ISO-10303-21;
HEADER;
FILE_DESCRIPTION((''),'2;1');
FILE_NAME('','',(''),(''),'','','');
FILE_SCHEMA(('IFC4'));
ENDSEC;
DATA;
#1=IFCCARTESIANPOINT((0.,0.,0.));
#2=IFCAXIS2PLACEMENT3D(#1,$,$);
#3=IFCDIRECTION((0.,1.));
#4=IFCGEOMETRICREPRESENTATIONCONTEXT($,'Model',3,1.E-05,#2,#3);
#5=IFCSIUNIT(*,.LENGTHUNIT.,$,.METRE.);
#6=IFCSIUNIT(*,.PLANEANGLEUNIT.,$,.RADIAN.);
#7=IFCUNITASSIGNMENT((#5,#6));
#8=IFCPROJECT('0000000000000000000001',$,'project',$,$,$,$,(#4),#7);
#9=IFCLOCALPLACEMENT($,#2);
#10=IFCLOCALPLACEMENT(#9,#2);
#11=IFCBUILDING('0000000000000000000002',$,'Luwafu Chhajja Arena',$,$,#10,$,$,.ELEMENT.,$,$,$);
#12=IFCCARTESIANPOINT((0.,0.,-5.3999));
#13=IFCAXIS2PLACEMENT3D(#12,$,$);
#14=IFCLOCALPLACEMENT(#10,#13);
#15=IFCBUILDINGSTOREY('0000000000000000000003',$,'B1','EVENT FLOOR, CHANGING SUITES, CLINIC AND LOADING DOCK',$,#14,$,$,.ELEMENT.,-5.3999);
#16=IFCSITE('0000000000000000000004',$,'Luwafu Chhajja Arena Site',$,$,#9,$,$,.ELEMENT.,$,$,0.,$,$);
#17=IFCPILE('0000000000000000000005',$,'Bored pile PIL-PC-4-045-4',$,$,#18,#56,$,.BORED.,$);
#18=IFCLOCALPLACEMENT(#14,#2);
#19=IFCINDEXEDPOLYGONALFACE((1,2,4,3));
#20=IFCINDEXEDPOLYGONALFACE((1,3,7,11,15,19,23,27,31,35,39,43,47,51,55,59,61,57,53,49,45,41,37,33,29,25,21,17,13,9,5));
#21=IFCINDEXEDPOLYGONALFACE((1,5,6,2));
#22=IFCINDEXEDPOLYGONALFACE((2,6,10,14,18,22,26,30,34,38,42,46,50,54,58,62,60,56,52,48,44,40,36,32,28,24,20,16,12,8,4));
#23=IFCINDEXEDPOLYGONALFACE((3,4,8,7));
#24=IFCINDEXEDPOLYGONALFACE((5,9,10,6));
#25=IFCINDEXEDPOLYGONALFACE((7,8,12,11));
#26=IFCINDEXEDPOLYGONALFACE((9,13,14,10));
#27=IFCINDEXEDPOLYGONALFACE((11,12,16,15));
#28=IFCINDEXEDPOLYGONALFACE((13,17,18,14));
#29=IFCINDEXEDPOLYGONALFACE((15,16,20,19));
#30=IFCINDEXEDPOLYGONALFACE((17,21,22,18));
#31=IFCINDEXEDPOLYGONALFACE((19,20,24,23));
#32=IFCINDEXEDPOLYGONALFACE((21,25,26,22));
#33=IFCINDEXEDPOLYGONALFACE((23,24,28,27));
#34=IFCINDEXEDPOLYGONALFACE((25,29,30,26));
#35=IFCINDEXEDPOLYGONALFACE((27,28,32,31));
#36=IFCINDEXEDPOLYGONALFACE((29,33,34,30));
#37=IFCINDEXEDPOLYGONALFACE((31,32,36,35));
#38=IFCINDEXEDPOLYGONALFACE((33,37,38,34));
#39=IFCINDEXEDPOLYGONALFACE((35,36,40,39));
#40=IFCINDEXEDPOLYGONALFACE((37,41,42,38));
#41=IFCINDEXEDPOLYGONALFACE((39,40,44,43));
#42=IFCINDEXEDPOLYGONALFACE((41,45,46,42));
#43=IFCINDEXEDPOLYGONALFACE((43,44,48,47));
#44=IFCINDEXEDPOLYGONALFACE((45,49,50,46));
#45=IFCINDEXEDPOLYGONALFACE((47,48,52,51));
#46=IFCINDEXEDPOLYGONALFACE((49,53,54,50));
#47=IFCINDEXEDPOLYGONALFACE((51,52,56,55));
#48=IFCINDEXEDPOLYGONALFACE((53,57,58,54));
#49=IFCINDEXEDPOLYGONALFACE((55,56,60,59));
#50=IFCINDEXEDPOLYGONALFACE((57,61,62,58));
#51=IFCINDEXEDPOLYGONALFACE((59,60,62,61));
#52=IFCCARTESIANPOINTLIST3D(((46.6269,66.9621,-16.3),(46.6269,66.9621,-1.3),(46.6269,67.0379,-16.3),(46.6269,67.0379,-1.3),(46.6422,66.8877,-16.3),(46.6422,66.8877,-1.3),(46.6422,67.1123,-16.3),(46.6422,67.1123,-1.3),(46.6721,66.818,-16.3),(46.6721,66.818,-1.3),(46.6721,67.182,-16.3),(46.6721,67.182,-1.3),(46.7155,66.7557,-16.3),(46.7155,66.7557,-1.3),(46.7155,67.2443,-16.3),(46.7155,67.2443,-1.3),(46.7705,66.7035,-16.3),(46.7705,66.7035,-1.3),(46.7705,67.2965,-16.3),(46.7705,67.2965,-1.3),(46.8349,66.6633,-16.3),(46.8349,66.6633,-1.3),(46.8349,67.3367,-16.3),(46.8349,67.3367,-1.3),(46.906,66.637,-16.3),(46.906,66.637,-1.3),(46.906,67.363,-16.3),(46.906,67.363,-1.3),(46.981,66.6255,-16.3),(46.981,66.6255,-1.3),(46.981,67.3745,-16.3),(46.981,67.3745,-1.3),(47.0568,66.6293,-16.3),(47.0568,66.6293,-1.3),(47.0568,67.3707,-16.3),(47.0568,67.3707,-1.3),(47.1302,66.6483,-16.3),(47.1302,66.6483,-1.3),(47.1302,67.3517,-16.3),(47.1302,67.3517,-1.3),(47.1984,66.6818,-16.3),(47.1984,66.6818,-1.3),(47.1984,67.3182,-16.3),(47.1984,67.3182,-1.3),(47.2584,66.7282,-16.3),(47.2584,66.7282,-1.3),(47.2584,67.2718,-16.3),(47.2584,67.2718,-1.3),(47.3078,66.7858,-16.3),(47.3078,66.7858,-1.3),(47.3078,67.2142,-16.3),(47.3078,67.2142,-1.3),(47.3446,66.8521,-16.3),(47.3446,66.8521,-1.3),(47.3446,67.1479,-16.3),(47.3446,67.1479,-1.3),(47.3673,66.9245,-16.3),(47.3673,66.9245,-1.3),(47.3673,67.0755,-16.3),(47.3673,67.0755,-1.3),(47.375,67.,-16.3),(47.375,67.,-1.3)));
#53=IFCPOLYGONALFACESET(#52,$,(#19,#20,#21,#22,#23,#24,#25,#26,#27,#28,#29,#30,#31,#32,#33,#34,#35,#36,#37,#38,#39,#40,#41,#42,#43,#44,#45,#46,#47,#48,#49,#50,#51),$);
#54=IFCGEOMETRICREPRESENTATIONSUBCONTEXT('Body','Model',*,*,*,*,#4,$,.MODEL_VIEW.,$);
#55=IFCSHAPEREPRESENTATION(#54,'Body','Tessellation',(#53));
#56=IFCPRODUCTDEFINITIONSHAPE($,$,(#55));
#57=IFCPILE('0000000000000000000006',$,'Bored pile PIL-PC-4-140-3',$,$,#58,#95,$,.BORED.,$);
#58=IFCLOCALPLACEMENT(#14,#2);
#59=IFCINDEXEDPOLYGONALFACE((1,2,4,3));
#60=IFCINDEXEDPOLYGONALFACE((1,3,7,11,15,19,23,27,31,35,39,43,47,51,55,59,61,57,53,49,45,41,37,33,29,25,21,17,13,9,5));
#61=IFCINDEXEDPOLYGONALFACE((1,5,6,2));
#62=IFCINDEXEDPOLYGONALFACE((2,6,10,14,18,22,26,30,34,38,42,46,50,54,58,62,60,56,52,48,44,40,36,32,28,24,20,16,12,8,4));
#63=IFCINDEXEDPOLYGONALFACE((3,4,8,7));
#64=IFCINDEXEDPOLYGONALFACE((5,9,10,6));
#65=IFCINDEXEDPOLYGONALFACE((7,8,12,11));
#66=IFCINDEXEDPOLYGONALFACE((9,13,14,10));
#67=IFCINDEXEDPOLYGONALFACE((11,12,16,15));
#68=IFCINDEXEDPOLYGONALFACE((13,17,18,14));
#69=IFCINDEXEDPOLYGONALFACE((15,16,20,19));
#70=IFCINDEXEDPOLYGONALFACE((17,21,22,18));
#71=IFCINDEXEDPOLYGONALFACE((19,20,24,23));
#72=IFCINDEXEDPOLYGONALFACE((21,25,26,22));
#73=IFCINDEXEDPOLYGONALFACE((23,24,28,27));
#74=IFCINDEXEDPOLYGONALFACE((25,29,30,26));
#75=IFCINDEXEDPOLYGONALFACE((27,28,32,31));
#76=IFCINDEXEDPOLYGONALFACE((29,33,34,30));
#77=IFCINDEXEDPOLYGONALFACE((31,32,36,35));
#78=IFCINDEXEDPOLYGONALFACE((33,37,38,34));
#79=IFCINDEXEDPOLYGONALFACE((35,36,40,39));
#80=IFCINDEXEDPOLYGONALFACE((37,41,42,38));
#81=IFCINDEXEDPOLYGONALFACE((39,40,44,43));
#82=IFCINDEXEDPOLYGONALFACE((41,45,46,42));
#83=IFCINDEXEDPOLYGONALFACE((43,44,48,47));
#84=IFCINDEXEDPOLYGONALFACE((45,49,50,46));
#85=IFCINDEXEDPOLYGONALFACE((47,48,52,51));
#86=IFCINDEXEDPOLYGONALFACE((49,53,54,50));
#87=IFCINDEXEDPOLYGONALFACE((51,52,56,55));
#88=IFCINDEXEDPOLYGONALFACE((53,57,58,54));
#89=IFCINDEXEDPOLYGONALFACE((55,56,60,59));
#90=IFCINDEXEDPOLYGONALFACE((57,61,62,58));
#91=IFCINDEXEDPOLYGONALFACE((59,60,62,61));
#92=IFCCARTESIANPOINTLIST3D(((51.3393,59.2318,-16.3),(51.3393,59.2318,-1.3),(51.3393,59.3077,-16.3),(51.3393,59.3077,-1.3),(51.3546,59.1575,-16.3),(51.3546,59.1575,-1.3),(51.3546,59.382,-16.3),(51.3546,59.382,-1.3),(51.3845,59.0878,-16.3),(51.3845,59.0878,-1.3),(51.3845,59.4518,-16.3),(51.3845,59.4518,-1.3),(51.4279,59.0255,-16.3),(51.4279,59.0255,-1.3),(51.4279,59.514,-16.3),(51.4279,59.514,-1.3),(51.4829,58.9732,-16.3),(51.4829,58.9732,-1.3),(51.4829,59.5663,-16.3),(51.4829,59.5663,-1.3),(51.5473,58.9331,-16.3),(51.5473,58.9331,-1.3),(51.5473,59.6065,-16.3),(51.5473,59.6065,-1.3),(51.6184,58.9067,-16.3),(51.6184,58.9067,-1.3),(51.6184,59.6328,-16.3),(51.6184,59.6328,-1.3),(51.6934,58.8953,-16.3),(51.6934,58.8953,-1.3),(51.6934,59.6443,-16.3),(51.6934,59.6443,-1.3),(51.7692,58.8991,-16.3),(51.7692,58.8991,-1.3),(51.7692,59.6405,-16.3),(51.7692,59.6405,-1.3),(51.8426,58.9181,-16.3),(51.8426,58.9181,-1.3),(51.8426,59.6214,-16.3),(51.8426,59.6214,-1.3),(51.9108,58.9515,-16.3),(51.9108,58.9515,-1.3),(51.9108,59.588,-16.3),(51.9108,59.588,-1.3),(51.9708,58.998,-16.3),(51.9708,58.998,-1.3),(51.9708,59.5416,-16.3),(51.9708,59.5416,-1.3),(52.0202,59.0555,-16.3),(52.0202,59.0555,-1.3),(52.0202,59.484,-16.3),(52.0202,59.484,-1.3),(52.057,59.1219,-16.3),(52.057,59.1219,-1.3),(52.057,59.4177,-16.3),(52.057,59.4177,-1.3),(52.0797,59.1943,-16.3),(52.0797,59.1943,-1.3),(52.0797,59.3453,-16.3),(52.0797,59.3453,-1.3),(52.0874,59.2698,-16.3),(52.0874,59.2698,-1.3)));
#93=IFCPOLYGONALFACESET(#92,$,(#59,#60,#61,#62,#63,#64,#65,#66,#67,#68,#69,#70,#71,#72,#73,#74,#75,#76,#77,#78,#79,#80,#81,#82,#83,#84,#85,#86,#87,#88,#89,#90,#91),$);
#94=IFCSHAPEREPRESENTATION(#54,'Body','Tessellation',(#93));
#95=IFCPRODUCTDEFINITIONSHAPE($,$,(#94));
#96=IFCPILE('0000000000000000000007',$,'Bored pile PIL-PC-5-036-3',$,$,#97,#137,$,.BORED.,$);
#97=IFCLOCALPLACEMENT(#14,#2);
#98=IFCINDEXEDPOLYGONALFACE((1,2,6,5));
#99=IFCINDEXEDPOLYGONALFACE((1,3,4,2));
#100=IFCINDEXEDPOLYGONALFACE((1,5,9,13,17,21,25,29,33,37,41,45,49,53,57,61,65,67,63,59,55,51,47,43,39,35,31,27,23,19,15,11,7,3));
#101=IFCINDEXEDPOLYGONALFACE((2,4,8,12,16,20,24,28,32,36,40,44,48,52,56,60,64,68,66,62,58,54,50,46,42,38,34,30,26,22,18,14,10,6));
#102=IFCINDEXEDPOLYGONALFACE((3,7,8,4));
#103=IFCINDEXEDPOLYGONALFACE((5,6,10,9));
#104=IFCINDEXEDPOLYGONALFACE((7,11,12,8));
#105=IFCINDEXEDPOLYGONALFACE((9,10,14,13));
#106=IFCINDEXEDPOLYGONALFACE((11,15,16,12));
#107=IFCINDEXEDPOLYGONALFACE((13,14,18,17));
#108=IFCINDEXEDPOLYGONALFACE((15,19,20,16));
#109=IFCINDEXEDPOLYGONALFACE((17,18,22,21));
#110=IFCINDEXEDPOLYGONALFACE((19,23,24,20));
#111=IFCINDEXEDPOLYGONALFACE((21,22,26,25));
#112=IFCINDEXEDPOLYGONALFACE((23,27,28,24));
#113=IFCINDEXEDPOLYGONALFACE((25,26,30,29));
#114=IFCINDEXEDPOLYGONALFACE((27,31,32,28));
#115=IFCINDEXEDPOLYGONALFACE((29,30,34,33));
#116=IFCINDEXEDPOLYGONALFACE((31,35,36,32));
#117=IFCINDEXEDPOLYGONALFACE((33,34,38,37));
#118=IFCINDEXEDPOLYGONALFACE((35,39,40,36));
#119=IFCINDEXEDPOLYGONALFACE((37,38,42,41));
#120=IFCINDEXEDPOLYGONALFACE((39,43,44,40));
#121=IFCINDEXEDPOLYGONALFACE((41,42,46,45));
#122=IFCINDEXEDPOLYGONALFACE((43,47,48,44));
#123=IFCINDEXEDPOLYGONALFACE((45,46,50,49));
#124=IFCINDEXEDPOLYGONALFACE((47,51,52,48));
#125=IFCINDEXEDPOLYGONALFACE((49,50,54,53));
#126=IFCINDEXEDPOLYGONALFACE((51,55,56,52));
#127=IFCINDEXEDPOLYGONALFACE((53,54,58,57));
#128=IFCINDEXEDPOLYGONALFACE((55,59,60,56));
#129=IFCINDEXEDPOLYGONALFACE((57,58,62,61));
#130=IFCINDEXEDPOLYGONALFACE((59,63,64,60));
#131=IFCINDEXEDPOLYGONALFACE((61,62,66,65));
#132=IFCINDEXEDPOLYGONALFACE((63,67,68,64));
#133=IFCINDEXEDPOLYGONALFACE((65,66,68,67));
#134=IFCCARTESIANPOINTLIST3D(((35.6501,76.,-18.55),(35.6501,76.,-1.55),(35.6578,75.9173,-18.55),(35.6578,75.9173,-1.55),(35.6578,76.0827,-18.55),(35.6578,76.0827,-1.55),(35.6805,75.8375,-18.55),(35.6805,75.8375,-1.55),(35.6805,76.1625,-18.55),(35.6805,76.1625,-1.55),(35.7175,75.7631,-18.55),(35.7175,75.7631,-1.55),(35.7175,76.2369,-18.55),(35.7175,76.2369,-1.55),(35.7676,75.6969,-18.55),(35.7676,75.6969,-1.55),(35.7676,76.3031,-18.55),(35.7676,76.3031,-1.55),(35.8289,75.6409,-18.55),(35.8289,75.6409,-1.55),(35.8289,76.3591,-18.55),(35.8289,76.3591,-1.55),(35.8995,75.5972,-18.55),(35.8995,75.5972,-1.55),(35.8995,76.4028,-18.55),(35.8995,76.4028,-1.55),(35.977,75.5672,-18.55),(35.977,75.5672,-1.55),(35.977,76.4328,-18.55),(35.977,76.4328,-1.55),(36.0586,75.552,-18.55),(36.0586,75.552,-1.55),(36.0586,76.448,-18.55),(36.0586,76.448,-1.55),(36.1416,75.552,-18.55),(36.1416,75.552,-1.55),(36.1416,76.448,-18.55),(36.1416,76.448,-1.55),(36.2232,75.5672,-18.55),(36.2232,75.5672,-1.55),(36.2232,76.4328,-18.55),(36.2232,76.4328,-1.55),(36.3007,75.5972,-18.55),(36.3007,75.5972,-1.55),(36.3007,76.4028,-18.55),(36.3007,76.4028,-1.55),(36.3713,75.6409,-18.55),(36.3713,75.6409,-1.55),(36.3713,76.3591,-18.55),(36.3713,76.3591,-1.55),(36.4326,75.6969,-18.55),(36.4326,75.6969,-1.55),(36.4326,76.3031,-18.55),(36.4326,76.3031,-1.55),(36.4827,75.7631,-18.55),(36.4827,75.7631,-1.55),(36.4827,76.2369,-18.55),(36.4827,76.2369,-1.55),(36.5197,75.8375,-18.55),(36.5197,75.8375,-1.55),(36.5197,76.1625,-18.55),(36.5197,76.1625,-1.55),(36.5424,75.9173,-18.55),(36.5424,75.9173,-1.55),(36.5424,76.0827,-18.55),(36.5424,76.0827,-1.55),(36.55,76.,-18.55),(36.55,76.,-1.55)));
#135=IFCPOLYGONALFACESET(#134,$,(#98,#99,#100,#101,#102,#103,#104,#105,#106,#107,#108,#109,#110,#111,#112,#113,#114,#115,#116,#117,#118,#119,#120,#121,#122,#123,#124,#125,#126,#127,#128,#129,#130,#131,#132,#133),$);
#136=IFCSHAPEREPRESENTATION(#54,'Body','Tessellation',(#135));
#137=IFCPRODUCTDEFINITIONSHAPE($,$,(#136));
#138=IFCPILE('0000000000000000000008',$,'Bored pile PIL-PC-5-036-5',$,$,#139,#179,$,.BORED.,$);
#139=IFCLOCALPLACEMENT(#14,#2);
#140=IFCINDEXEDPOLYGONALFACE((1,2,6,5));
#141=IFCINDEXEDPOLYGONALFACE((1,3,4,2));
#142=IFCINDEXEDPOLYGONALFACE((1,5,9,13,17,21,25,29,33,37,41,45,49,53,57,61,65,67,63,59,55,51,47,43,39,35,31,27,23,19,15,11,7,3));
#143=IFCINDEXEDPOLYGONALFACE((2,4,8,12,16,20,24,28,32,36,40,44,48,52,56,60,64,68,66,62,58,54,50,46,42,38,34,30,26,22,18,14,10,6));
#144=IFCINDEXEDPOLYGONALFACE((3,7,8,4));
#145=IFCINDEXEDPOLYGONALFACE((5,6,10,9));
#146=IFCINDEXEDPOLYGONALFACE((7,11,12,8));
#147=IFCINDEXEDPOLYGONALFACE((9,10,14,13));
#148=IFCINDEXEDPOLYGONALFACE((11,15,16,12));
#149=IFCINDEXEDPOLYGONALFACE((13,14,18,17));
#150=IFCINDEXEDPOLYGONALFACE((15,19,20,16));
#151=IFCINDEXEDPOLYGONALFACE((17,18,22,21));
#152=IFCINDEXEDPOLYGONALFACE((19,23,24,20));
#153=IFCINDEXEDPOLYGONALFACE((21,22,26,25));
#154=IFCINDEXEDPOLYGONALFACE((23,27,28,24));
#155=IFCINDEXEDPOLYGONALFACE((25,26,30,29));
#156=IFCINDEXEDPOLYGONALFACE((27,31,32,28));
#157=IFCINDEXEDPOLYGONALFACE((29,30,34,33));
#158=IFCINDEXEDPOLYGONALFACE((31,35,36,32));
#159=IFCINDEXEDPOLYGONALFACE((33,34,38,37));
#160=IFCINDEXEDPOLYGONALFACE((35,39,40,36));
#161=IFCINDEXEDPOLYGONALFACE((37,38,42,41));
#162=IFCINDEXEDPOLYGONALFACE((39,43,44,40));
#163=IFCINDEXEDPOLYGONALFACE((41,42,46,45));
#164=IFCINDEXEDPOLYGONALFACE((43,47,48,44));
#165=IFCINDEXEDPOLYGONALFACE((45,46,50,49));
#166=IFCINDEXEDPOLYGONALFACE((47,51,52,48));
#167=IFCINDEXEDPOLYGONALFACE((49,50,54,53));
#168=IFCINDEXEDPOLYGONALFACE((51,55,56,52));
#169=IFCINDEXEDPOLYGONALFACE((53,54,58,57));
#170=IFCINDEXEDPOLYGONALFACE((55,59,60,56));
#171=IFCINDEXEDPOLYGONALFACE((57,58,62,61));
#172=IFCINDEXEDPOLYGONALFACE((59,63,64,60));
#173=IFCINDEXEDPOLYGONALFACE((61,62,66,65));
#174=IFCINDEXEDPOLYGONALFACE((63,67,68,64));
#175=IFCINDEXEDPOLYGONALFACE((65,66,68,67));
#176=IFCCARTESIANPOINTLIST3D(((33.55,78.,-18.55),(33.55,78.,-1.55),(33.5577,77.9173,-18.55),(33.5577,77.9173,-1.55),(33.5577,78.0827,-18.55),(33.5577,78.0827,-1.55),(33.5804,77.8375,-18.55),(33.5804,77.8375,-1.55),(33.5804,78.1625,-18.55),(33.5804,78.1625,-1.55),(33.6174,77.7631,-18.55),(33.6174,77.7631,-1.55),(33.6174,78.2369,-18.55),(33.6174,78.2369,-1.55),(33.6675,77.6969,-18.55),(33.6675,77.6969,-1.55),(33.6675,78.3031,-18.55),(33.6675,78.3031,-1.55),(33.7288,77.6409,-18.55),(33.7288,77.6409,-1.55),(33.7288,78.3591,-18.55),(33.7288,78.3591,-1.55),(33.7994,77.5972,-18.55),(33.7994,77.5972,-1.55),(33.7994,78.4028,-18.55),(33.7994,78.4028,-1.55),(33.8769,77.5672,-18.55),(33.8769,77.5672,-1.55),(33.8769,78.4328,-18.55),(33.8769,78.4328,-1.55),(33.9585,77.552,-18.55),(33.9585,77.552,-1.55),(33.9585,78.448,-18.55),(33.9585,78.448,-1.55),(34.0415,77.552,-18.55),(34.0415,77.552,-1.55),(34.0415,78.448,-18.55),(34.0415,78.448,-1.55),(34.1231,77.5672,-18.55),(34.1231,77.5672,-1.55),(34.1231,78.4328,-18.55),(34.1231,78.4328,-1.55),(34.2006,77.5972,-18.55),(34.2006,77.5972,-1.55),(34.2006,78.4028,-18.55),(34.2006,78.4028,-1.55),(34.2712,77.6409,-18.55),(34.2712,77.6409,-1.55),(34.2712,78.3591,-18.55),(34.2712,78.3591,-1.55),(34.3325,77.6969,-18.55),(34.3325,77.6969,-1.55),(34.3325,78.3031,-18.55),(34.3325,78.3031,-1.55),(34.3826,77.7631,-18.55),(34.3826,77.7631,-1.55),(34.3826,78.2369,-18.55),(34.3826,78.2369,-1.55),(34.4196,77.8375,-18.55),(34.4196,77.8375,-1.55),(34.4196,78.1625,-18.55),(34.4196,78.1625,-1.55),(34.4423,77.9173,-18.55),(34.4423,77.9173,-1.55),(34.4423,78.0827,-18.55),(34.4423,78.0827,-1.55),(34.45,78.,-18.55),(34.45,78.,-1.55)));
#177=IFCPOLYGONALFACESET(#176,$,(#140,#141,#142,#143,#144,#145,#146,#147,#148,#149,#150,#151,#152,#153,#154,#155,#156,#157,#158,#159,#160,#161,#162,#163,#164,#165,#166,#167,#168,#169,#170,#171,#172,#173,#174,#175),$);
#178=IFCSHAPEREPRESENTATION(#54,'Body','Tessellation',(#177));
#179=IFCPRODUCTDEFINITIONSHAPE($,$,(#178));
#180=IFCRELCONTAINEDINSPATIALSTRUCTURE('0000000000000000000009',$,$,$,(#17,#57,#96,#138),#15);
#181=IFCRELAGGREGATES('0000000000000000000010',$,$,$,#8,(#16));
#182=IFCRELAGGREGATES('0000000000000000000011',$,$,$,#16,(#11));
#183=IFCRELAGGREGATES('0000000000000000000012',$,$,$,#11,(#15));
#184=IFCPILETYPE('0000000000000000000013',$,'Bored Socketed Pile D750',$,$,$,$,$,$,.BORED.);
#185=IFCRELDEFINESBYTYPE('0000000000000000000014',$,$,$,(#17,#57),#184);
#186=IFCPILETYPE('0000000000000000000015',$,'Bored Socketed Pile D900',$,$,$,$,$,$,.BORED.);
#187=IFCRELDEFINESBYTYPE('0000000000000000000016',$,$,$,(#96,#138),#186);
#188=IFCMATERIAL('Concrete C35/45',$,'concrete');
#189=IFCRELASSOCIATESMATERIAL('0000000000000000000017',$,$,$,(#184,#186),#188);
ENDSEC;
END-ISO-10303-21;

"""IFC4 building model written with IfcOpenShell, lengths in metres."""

from ifc_helpers import new_model, si_unit, direction, frame, origin, origin_2d, place, context, subcontext, project, spatial, circle, extrude, material, material_profile, profile_set, type_object, element, save


model = new_model("IFC4")

# Units and contexts
model_context = context("Model", 3, precision=1e-05, world=origin(), true_north=direction((0.0, 1.0)))
body_context = subcontext(model_context, "Body", "Model", "MODEL_VIEW")
ifc_project = project(units=[si_unit("LENGTHUNIT", "METRE"), si_unit("PLANEANGLEUNIT", "RADIAN")], contexts=[model_context])

# Site, building, storey
site_placement = place(None, origin())
site = spatial("IfcSite", under=ifc_project, at=site_placement, Name="Luwafu Chhajja Arena Site", CompositionType="ELEMENT", RefElevation=0.0)
building_placement = place(site_placement, origin())
building = spatial("IfcBuilding", under=site, at=building_placement, Name="Luwafu Chhajja Arena", CompositionType="ELEMENT")
storey_placement = place(building_placement, frame((0.0, 0.0, -5.3999)))
storey = spatial("IfcBuildingStorey", under=building, at=storey_placement, Name="B1", Description="EVENT FLOOR, CHANGING SUITES, CLINIC AND LOADING DOCK", CompositionType="ELEMENT", Elevation=-5.3999)

# Shared definitions
ifc_material_1 = material(Name="Concrete C35/45", Category="concrete")

# Piles
ifc_material_profile_1 = material_profile(ifc_material_1, circle(Radius=0.375, at=origin_2d()), Name="PILE D750")
ifc_profile_set_1 = profile_set([ifc_material_profile_1], Name="Concrete C35/45")
pile_type_1 = type_object("IfcPileType", Name="Bored Socketed Pile D750", PredefinedType="BORED", material=ifc_profile_set_1)
for number, where, z_axis, x_axis, name in (
    (1, (47.0, 67.0, -1.3), (0.0, 0.0, -1.0), (1.0, 0.0, 0.0), "Bored pile PIL-PC-4-045-4"),
    (2, (51.7124, 59.2698, -1.3), (0.0, 0.0, -1.0), (1.0, 0.0, 0.0), "Bored pile PIL-PC-4-140-3"),
):
    element("IfcPile", number, at=place(storey_placement, frame(where, z_axis=z_axis, x_axis=x_axis)), inside=storey, type_object=pile_type_1, Name=name, PredefinedType="BORED", context=body_context, shape_type="SweptSolid", body=[
        extrude(circle(Radius=0.375, at=origin_2d()), origin(), (0.0, 0.0, 1.0), 15.0),
    ])
ifc_material_profile_2 = material_profile(ifc_material_1, circle(Radius=0.45, at=origin_2d()), Name="PILE D900")
ifc_profile_set_2 = profile_set([ifc_material_profile_2], Name="Concrete C35/45")
pile_type_2 = type_object("IfcPileType", Name="Bored Socketed Pile D900", PredefinedType="BORED", material=ifc_profile_set_2)
for number, where, z_axis, x_axis, name in (
    (3, (36.1001, 76.0, -1.55), (0.0, 0.0, -1.0), (1.0, 0.0, 0.0), "Bored pile PIL-PC-5-036-3"),
    (4, (34.0, 78.0, -1.55), (0.0, 0.0, -1.0), (1.0, 0.0, 0.0), "Bored pile PIL-PC-5-036-5"),
):
    element("IfcPile", number, at=place(storey_placement, frame(where, z_axis=z_axis, x_axis=x_axis)), inside=storey, type_object=pile_type_2, Name=name, PredefinedType="BORED", context=body_context, shape_type="SweptSolid", body=[
        extrude(circle(Radius=0.45, at=origin_2d()), origin(), (0.0, 0.0, 1.0), 17.0),
    ])

save(model, "model.ifc")
